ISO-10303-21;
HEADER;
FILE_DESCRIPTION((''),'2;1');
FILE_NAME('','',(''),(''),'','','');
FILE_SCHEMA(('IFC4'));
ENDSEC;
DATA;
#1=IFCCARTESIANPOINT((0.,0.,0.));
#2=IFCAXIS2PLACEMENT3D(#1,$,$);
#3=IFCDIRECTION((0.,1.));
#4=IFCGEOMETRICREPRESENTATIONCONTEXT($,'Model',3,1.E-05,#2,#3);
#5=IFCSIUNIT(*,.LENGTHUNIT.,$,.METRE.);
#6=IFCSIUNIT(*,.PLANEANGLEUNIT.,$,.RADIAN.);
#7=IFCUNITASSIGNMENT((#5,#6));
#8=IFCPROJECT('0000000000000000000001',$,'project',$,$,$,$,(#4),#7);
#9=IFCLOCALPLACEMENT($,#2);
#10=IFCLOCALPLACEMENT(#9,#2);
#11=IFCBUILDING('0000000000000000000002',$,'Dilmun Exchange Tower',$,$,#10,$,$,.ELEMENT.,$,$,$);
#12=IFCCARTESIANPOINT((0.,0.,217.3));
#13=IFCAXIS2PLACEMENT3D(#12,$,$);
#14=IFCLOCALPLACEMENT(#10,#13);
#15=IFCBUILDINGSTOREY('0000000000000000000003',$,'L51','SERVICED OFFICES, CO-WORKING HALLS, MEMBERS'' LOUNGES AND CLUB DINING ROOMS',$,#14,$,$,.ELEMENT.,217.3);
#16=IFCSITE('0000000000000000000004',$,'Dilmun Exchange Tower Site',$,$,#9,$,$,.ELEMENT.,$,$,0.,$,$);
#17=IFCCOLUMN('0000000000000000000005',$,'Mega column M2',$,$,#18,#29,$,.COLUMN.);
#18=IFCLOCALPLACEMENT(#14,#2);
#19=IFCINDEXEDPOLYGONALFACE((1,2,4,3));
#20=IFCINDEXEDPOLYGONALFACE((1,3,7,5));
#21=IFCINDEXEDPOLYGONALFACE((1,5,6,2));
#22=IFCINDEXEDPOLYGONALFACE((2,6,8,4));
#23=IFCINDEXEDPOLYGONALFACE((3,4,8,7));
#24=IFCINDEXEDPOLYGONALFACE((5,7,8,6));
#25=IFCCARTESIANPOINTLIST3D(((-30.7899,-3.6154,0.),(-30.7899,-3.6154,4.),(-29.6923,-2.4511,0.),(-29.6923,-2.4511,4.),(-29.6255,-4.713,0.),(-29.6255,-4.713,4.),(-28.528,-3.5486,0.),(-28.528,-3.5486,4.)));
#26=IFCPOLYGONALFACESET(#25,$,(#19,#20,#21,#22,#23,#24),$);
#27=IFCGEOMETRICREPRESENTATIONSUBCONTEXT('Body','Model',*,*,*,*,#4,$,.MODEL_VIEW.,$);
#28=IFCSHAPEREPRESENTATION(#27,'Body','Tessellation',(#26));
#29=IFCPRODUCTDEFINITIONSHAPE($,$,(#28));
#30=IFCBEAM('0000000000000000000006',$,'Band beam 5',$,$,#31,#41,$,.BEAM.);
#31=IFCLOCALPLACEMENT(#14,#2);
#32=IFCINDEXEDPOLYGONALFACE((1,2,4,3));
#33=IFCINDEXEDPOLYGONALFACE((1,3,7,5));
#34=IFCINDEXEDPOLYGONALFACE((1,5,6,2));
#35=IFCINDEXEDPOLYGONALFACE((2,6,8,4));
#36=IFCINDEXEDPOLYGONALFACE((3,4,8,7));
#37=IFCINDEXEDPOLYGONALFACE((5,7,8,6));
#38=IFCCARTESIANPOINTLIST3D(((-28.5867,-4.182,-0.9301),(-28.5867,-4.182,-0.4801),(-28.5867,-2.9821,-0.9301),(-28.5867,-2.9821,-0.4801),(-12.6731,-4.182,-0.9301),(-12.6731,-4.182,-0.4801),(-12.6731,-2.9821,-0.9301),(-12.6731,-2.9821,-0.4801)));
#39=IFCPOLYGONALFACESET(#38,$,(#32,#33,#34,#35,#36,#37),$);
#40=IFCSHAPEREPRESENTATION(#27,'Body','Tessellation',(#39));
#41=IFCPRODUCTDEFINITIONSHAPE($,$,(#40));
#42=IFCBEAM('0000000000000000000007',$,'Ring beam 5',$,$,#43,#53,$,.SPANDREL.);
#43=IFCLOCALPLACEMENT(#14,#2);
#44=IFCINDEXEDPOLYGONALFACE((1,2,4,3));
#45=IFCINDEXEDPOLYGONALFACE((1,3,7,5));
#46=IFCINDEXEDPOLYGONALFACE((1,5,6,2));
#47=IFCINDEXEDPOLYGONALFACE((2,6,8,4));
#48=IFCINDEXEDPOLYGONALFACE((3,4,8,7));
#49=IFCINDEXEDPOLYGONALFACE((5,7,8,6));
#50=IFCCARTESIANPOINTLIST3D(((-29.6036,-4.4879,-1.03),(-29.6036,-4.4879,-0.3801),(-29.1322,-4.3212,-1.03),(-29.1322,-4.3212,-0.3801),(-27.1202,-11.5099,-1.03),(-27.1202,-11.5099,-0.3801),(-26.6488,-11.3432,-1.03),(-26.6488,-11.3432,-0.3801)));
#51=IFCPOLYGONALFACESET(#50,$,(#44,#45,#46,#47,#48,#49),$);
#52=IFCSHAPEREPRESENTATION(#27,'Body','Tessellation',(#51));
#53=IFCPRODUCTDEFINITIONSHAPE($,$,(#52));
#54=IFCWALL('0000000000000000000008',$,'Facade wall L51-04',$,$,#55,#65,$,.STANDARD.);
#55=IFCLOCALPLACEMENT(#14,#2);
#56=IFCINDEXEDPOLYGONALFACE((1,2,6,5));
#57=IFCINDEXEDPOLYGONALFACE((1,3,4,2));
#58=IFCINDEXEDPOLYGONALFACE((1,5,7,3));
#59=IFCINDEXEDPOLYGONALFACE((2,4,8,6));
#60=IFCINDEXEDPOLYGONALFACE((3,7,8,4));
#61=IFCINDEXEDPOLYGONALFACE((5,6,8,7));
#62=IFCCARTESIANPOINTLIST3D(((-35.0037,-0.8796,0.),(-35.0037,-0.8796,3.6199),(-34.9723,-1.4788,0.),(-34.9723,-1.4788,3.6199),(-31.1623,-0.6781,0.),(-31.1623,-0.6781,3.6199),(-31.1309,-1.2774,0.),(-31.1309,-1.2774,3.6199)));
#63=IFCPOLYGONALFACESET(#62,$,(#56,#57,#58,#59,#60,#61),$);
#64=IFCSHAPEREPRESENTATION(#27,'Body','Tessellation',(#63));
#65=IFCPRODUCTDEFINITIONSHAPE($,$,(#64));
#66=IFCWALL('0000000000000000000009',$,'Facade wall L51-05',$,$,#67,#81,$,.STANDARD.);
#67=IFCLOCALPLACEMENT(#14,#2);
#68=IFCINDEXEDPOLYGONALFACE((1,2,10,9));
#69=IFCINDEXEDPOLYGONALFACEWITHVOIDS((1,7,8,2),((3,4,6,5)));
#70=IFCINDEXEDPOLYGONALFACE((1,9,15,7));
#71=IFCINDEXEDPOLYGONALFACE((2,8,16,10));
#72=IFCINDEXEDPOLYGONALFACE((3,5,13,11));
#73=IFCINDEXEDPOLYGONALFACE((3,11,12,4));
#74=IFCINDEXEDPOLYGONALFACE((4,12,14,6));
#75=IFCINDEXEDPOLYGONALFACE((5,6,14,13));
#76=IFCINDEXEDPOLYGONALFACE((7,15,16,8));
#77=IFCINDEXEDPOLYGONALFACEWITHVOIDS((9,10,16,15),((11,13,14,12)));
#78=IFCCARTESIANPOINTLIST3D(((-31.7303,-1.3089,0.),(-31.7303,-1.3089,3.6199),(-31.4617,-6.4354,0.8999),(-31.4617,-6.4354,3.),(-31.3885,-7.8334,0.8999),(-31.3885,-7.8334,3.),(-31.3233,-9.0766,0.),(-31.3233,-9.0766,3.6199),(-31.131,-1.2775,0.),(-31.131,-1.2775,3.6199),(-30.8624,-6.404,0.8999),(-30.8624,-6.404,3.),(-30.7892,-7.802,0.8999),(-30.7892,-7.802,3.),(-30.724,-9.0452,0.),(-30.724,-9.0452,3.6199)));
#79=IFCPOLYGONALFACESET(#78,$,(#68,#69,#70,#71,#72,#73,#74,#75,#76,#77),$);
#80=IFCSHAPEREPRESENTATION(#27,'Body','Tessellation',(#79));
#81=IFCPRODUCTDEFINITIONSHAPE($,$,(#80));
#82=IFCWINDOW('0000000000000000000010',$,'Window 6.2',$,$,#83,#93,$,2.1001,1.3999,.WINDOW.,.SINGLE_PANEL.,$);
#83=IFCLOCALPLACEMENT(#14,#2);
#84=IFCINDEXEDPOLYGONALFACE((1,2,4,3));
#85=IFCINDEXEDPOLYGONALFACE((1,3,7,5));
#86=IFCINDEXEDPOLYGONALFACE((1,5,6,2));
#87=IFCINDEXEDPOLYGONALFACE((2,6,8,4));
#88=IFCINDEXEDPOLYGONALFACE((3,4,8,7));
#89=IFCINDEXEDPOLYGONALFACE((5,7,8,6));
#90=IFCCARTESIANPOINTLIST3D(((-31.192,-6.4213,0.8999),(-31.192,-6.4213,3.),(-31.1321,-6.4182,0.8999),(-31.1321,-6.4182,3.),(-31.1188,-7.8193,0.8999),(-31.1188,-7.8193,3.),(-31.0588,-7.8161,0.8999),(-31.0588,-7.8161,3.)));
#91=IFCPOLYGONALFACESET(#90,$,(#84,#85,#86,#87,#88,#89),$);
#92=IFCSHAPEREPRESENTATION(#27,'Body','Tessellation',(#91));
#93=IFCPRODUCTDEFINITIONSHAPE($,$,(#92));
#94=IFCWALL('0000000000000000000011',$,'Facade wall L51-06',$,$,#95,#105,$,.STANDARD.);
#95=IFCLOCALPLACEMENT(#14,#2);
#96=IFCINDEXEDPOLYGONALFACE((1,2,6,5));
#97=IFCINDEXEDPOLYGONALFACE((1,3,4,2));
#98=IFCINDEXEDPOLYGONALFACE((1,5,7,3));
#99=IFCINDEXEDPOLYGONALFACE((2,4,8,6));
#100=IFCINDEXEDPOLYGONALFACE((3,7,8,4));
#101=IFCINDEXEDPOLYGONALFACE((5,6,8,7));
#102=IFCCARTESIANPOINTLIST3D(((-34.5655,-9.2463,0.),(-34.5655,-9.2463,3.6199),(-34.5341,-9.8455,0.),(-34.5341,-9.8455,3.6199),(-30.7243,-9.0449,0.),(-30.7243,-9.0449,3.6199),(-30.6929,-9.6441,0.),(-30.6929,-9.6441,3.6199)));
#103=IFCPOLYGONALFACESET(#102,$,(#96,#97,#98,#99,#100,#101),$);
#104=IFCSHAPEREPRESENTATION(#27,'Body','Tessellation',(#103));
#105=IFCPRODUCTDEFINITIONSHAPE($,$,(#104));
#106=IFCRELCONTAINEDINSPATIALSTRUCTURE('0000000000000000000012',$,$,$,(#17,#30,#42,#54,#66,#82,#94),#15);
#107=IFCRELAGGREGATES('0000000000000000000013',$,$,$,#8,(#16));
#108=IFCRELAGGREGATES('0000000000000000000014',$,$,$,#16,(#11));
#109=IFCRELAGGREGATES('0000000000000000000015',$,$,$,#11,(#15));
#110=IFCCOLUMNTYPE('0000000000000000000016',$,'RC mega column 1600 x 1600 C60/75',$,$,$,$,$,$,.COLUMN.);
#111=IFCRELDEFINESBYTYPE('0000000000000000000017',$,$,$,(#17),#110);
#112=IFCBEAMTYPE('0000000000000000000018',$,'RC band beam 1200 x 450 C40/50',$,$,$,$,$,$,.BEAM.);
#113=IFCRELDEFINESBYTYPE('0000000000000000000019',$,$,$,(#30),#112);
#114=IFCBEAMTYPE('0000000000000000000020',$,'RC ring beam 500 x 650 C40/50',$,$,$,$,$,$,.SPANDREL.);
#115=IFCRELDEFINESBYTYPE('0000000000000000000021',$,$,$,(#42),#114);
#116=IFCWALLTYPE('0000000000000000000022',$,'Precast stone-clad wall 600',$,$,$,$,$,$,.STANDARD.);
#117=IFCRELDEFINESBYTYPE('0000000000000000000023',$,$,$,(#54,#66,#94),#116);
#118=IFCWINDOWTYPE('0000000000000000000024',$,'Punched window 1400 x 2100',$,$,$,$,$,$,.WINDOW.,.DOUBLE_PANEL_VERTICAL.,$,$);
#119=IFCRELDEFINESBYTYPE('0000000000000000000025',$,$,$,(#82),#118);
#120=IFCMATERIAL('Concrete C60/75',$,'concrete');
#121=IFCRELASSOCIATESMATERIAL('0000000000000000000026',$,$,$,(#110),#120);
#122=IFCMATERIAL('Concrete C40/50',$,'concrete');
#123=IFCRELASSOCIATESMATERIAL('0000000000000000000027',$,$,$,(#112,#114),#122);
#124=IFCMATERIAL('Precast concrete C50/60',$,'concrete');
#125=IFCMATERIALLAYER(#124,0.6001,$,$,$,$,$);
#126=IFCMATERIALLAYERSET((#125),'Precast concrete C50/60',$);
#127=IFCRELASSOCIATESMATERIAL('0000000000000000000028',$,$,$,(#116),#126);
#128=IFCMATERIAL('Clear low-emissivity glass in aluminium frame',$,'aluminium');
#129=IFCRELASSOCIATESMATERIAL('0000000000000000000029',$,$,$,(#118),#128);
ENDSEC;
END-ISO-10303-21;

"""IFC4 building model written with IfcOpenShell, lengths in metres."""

from ifc_helpers import new_model, si_unit, direction, frame, frame_2d, origin, origin_2d, place, context, subcontext, project, spatial, rectangle, extrude, material, layer, layer_set, material_profile, profile_set, type_object, element, fill, save


model = new_model("IFC4")

# Units and contexts
model_context = context("Model", 3, precision=1e-05, world=origin(), true_north=direction((0.0, 1.0)))
body_context = subcontext(model_context, "Body", "Model", "MODEL_VIEW")
ifc_project = project(units=[si_unit("LENGTHUNIT", "METRE"), si_unit("PLANEANGLEUNIT", "RADIAN")], contexts=[model_context])

# Site, building, storey
site_placement = place(None, origin())
site = spatial("IfcSite", under=ifc_project, at=site_placement, Name="Dilmun Exchange Tower Site", CompositionType="ELEMENT", RefElevation=0.0)
building_placement = place(site_placement, origin())
building = spatial("IfcBuilding", under=site, at=building_placement, Name="Dilmun Exchange Tower", CompositionType="ELEMENT")
storey_placement = place(building_placement, frame((0.0, 0.0, 217.3)))
storey = spatial("IfcBuildingStorey", under=building, at=storey_placement, Name="L51", Description="SERVICED OFFICES, CO-WORKING HALLS, MEMBERS' LOUNGES AND CLUB DINING ROOMS", CompositionType="ELEMENT", Elevation=217.3)

# Column
ifc_material_1 = material(Name="Concrete C60/75", Category="concrete")
ifc_material_profile_1 = material_profile(ifc_material_1, rectangle(XDim=1.6001, YDim=1.6001, at=origin_2d()), Name="1600 x 1600")
ifc_profile_set_1 = profile_set([ifc_material_profile_1], Name="Concrete C60/75")
column_type = type_object("IfcColumnType", Name="RC mega column 1600 x 1600 C60/75", PredefinedType="COLUMN", material=ifc_profile_set_1)
column_placement = place(storey_placement, frame((-29.6589, -3.582, 0.0), z_axis=(0.0, 0.0, 1.0), x_axis=(0.685916, 0.727681, 0.0)))
element("IfcColumn", 1, at=column_placement, inside=storey, type_object=column_type, Name="Mega column M2", PredefinedType="COLUMN", context=body_context, shape_type="SweptSolid", body=[
    extrude(rectangle(XDim=1.6001, YDim=1.6001, at=origin_2d()), origin(), (0.0, 0.0, 1.0), 4.0),
])

# Beams
ifc_material_2 = material(Name="Concrete C40/50", Category="concrete")
ifc_material_profile_2 = material_profile(ifc_material_2, rectangle(XDim=1.2, YDim=0.45, at=origin_2d()), Name="1200 x 450")
ifc_profile_set_2 = profile_set([ifc_material_profile_2], Name="Concrete C40/50")
beam_type_1 = type_object("IfcBeamType", Name="RC band beam 1200 x 450 C40/50", PredefinedType="BEAM", material=ifc_profile_set_2)
beam_1_placement = place(storey_placement, frame((-28.5867, -3.582, -0.7051), z_axis=(1.0, 0.0, 0.0), x_axis=(0.0, 1.0, 0.0)))
element("IfcBeam", 2, at=beam_1_placement, inside=storey, type_object=beam_type_1, Name="Band beam 5", PredefinedType="BEAM", context=body_context, shape_type="SweptSolid", body=[
    extrude(rectangle(XDim=1.2, YDim=0.45, at=origin_2d()), origin(), (0.0, 0.0, 1.0), 15.9136),
])
ifc_material_profile_3 = material_profile(ifc_material_2, rectangle(XDim=0.5, YDim=0.6499, at=origin_2d()), Name="500 x 650")
ifc_profile_set_3 = profile_set([ifc_material_profile_3], Name="Concrete C40/50")
beam_type_2 = type_object("IfcBeamType", Name="RC ring beam 500 x 650 C40/50", PredefinedType="SPANDREL", material=ifc_profile_set_3)
beam_2_placement = place(storey_placement, frame((-29.3679, -4.4045, -0.7051), z_axis=(0.333424, -0.942777, 0.0), x_axis=(0.942777, 0.333424, 0.0)))
element("IfcBeam", 3, at=beam_2_placement, inside=storey, type_object=beam_type_2, Name="Ring beam 5", PredefinedType="SPANDREL", context=body_context, shape_type="SweptSolid", body=[
    extrude(rectangle(XDim=0.5, YDim=0.6499, at=origin_2d()), origin(), (0.0, 0.0, 1.0), 7.4482),
])

# Wall
ifc_material_3 = material(Name="Precast concrete C50/60", Category="concrete")
ifc_layer = layer(ifc_material_3, 0.6001)
ifc_layer_set = layer_set([ifc_layer], Name="Precast concrete C50/60")
wall_type = type_object("IfcWallType", Name="Precast stone-clad wall 600", PredefinedType="STANDARD", material=ifc_layer_set)
wall_1_placement = place(storey_placement, frame((-34.988, -1.1792, 0.0), z_axis=(0.0, 0.0, 1.0), x_axis=(0.998628, 0.052362, 0.0)))
element("IfcWall", 4, at=wall_1_placement, inside=storey, type_object=wall_type, Name="Facade wall L51-04", PredefinedType="STANDARD", context=body_context, shape_type="SweptSolid", body=[
    extrude(rectangle(XDim=3.8467, YDim=0.6001, at=frame_2d((1.9233, 0.0))), origin(), (0.0, 0.0, 1.0), 3.6199),
])

# Wall, opening, window
wall_2_placement = place(storey_placement, frame((-31.4307, -1.2932, 0.0), z_axis=(0.0, 0.0, 1.0), x_axis=(0.052323, -0.99863, 0.0)))
wall_2 = element("IfcWall", 5, at=wall_2_placement, inside=storey, type_object=wall_type, Name="Facade wall L51-05", PredefinedType="STANDARD", context=body_context, shape_type="SweptSolid", body=[
    extrude(rectangle(XDim=7.7783, YDim=0.6001, at=frame_2d((3.8892, 0.0))), origin(), (0.0, 0.0, 1.0), 3.6199),
])
opening_1_placement = place(wall_2_placement, frame((5.1335, 0.0, 0.8999)))
opening_1 = element("IfcOpeningElement", 6, at=opening_1_placement, cuts=wall_2, PredefinedType="OPENING", context=body_context, shape_type="SweptSolid", body=[
    extrude(rectangle(XDim=1.3999, YDim=2.1001, at=frame_2d((0.7, 1.05))), frame((0.0, 0.3101, 0.0), z_axis=(0.0, -1.0, 0.0), x_axis=(1.0, 0.0, 0.0)), (0.0, 0.0, 1.0), 0.6201),
])
ifc_material_4 = material(Name="Clear low-emissivity glass in aluminium frame", Category="aluminium")
window_type_1 = type_object("IfcWindowType", Name="Punched window 1400 x 2100", PartitioningType="DOUBLE_PANEL_VERTICAL", PredefinedType="WINDOW", material=ifc_material_4)
window_1_placement = place(opening_1_placement, origin())
window_1 = element("IfcWindow", 7, at=window_1_placement, inside=storey, type_object=window_type_1, Name="Window 6.2", OverallHeight=2.1001, OverallWidth=1.3999, PartitioningType="SINGLE_PANEL", PredefinedType="WINDOW", context=body_context, shape_type="SweptSolid", body=[
    extrude(rectangle(XDim=1.3999, YDim=2.1001, at=frame_2d((0.7, 1.05))), frame((0.0, 0.03, 0.0), z_axis=(0.0, -1.0, 0.0), x_axis=(1.0, 0.0, 0.0)), (0.0, 0.0, 1.0), 0.0601),
])
fill(opening_1, window_1)

# Wall
wall_3_placement = place(storey_placement, frame((-30.7085, -9.3445, 0.0), z_axis=(0.0, 0.0, 1.0), x_axis=(-0.998628, -0.052366, 0.0)))
element("IfcWall", 8, at=wall_3_placement, inside=storey, type_object=wall_type, Name="Facade wall L51-06", PredefinedType="STANDARD", context=body_context, shape_type="SweptSolid", body=[
    extrude(rectangle(XDim=3.8464, YDim=0.6001, at=frame_2d((1.9233, 0.0))), origin(), (0.0, 0.0, 1.0), 3.6199),
])

save(model, "model.ifc")
